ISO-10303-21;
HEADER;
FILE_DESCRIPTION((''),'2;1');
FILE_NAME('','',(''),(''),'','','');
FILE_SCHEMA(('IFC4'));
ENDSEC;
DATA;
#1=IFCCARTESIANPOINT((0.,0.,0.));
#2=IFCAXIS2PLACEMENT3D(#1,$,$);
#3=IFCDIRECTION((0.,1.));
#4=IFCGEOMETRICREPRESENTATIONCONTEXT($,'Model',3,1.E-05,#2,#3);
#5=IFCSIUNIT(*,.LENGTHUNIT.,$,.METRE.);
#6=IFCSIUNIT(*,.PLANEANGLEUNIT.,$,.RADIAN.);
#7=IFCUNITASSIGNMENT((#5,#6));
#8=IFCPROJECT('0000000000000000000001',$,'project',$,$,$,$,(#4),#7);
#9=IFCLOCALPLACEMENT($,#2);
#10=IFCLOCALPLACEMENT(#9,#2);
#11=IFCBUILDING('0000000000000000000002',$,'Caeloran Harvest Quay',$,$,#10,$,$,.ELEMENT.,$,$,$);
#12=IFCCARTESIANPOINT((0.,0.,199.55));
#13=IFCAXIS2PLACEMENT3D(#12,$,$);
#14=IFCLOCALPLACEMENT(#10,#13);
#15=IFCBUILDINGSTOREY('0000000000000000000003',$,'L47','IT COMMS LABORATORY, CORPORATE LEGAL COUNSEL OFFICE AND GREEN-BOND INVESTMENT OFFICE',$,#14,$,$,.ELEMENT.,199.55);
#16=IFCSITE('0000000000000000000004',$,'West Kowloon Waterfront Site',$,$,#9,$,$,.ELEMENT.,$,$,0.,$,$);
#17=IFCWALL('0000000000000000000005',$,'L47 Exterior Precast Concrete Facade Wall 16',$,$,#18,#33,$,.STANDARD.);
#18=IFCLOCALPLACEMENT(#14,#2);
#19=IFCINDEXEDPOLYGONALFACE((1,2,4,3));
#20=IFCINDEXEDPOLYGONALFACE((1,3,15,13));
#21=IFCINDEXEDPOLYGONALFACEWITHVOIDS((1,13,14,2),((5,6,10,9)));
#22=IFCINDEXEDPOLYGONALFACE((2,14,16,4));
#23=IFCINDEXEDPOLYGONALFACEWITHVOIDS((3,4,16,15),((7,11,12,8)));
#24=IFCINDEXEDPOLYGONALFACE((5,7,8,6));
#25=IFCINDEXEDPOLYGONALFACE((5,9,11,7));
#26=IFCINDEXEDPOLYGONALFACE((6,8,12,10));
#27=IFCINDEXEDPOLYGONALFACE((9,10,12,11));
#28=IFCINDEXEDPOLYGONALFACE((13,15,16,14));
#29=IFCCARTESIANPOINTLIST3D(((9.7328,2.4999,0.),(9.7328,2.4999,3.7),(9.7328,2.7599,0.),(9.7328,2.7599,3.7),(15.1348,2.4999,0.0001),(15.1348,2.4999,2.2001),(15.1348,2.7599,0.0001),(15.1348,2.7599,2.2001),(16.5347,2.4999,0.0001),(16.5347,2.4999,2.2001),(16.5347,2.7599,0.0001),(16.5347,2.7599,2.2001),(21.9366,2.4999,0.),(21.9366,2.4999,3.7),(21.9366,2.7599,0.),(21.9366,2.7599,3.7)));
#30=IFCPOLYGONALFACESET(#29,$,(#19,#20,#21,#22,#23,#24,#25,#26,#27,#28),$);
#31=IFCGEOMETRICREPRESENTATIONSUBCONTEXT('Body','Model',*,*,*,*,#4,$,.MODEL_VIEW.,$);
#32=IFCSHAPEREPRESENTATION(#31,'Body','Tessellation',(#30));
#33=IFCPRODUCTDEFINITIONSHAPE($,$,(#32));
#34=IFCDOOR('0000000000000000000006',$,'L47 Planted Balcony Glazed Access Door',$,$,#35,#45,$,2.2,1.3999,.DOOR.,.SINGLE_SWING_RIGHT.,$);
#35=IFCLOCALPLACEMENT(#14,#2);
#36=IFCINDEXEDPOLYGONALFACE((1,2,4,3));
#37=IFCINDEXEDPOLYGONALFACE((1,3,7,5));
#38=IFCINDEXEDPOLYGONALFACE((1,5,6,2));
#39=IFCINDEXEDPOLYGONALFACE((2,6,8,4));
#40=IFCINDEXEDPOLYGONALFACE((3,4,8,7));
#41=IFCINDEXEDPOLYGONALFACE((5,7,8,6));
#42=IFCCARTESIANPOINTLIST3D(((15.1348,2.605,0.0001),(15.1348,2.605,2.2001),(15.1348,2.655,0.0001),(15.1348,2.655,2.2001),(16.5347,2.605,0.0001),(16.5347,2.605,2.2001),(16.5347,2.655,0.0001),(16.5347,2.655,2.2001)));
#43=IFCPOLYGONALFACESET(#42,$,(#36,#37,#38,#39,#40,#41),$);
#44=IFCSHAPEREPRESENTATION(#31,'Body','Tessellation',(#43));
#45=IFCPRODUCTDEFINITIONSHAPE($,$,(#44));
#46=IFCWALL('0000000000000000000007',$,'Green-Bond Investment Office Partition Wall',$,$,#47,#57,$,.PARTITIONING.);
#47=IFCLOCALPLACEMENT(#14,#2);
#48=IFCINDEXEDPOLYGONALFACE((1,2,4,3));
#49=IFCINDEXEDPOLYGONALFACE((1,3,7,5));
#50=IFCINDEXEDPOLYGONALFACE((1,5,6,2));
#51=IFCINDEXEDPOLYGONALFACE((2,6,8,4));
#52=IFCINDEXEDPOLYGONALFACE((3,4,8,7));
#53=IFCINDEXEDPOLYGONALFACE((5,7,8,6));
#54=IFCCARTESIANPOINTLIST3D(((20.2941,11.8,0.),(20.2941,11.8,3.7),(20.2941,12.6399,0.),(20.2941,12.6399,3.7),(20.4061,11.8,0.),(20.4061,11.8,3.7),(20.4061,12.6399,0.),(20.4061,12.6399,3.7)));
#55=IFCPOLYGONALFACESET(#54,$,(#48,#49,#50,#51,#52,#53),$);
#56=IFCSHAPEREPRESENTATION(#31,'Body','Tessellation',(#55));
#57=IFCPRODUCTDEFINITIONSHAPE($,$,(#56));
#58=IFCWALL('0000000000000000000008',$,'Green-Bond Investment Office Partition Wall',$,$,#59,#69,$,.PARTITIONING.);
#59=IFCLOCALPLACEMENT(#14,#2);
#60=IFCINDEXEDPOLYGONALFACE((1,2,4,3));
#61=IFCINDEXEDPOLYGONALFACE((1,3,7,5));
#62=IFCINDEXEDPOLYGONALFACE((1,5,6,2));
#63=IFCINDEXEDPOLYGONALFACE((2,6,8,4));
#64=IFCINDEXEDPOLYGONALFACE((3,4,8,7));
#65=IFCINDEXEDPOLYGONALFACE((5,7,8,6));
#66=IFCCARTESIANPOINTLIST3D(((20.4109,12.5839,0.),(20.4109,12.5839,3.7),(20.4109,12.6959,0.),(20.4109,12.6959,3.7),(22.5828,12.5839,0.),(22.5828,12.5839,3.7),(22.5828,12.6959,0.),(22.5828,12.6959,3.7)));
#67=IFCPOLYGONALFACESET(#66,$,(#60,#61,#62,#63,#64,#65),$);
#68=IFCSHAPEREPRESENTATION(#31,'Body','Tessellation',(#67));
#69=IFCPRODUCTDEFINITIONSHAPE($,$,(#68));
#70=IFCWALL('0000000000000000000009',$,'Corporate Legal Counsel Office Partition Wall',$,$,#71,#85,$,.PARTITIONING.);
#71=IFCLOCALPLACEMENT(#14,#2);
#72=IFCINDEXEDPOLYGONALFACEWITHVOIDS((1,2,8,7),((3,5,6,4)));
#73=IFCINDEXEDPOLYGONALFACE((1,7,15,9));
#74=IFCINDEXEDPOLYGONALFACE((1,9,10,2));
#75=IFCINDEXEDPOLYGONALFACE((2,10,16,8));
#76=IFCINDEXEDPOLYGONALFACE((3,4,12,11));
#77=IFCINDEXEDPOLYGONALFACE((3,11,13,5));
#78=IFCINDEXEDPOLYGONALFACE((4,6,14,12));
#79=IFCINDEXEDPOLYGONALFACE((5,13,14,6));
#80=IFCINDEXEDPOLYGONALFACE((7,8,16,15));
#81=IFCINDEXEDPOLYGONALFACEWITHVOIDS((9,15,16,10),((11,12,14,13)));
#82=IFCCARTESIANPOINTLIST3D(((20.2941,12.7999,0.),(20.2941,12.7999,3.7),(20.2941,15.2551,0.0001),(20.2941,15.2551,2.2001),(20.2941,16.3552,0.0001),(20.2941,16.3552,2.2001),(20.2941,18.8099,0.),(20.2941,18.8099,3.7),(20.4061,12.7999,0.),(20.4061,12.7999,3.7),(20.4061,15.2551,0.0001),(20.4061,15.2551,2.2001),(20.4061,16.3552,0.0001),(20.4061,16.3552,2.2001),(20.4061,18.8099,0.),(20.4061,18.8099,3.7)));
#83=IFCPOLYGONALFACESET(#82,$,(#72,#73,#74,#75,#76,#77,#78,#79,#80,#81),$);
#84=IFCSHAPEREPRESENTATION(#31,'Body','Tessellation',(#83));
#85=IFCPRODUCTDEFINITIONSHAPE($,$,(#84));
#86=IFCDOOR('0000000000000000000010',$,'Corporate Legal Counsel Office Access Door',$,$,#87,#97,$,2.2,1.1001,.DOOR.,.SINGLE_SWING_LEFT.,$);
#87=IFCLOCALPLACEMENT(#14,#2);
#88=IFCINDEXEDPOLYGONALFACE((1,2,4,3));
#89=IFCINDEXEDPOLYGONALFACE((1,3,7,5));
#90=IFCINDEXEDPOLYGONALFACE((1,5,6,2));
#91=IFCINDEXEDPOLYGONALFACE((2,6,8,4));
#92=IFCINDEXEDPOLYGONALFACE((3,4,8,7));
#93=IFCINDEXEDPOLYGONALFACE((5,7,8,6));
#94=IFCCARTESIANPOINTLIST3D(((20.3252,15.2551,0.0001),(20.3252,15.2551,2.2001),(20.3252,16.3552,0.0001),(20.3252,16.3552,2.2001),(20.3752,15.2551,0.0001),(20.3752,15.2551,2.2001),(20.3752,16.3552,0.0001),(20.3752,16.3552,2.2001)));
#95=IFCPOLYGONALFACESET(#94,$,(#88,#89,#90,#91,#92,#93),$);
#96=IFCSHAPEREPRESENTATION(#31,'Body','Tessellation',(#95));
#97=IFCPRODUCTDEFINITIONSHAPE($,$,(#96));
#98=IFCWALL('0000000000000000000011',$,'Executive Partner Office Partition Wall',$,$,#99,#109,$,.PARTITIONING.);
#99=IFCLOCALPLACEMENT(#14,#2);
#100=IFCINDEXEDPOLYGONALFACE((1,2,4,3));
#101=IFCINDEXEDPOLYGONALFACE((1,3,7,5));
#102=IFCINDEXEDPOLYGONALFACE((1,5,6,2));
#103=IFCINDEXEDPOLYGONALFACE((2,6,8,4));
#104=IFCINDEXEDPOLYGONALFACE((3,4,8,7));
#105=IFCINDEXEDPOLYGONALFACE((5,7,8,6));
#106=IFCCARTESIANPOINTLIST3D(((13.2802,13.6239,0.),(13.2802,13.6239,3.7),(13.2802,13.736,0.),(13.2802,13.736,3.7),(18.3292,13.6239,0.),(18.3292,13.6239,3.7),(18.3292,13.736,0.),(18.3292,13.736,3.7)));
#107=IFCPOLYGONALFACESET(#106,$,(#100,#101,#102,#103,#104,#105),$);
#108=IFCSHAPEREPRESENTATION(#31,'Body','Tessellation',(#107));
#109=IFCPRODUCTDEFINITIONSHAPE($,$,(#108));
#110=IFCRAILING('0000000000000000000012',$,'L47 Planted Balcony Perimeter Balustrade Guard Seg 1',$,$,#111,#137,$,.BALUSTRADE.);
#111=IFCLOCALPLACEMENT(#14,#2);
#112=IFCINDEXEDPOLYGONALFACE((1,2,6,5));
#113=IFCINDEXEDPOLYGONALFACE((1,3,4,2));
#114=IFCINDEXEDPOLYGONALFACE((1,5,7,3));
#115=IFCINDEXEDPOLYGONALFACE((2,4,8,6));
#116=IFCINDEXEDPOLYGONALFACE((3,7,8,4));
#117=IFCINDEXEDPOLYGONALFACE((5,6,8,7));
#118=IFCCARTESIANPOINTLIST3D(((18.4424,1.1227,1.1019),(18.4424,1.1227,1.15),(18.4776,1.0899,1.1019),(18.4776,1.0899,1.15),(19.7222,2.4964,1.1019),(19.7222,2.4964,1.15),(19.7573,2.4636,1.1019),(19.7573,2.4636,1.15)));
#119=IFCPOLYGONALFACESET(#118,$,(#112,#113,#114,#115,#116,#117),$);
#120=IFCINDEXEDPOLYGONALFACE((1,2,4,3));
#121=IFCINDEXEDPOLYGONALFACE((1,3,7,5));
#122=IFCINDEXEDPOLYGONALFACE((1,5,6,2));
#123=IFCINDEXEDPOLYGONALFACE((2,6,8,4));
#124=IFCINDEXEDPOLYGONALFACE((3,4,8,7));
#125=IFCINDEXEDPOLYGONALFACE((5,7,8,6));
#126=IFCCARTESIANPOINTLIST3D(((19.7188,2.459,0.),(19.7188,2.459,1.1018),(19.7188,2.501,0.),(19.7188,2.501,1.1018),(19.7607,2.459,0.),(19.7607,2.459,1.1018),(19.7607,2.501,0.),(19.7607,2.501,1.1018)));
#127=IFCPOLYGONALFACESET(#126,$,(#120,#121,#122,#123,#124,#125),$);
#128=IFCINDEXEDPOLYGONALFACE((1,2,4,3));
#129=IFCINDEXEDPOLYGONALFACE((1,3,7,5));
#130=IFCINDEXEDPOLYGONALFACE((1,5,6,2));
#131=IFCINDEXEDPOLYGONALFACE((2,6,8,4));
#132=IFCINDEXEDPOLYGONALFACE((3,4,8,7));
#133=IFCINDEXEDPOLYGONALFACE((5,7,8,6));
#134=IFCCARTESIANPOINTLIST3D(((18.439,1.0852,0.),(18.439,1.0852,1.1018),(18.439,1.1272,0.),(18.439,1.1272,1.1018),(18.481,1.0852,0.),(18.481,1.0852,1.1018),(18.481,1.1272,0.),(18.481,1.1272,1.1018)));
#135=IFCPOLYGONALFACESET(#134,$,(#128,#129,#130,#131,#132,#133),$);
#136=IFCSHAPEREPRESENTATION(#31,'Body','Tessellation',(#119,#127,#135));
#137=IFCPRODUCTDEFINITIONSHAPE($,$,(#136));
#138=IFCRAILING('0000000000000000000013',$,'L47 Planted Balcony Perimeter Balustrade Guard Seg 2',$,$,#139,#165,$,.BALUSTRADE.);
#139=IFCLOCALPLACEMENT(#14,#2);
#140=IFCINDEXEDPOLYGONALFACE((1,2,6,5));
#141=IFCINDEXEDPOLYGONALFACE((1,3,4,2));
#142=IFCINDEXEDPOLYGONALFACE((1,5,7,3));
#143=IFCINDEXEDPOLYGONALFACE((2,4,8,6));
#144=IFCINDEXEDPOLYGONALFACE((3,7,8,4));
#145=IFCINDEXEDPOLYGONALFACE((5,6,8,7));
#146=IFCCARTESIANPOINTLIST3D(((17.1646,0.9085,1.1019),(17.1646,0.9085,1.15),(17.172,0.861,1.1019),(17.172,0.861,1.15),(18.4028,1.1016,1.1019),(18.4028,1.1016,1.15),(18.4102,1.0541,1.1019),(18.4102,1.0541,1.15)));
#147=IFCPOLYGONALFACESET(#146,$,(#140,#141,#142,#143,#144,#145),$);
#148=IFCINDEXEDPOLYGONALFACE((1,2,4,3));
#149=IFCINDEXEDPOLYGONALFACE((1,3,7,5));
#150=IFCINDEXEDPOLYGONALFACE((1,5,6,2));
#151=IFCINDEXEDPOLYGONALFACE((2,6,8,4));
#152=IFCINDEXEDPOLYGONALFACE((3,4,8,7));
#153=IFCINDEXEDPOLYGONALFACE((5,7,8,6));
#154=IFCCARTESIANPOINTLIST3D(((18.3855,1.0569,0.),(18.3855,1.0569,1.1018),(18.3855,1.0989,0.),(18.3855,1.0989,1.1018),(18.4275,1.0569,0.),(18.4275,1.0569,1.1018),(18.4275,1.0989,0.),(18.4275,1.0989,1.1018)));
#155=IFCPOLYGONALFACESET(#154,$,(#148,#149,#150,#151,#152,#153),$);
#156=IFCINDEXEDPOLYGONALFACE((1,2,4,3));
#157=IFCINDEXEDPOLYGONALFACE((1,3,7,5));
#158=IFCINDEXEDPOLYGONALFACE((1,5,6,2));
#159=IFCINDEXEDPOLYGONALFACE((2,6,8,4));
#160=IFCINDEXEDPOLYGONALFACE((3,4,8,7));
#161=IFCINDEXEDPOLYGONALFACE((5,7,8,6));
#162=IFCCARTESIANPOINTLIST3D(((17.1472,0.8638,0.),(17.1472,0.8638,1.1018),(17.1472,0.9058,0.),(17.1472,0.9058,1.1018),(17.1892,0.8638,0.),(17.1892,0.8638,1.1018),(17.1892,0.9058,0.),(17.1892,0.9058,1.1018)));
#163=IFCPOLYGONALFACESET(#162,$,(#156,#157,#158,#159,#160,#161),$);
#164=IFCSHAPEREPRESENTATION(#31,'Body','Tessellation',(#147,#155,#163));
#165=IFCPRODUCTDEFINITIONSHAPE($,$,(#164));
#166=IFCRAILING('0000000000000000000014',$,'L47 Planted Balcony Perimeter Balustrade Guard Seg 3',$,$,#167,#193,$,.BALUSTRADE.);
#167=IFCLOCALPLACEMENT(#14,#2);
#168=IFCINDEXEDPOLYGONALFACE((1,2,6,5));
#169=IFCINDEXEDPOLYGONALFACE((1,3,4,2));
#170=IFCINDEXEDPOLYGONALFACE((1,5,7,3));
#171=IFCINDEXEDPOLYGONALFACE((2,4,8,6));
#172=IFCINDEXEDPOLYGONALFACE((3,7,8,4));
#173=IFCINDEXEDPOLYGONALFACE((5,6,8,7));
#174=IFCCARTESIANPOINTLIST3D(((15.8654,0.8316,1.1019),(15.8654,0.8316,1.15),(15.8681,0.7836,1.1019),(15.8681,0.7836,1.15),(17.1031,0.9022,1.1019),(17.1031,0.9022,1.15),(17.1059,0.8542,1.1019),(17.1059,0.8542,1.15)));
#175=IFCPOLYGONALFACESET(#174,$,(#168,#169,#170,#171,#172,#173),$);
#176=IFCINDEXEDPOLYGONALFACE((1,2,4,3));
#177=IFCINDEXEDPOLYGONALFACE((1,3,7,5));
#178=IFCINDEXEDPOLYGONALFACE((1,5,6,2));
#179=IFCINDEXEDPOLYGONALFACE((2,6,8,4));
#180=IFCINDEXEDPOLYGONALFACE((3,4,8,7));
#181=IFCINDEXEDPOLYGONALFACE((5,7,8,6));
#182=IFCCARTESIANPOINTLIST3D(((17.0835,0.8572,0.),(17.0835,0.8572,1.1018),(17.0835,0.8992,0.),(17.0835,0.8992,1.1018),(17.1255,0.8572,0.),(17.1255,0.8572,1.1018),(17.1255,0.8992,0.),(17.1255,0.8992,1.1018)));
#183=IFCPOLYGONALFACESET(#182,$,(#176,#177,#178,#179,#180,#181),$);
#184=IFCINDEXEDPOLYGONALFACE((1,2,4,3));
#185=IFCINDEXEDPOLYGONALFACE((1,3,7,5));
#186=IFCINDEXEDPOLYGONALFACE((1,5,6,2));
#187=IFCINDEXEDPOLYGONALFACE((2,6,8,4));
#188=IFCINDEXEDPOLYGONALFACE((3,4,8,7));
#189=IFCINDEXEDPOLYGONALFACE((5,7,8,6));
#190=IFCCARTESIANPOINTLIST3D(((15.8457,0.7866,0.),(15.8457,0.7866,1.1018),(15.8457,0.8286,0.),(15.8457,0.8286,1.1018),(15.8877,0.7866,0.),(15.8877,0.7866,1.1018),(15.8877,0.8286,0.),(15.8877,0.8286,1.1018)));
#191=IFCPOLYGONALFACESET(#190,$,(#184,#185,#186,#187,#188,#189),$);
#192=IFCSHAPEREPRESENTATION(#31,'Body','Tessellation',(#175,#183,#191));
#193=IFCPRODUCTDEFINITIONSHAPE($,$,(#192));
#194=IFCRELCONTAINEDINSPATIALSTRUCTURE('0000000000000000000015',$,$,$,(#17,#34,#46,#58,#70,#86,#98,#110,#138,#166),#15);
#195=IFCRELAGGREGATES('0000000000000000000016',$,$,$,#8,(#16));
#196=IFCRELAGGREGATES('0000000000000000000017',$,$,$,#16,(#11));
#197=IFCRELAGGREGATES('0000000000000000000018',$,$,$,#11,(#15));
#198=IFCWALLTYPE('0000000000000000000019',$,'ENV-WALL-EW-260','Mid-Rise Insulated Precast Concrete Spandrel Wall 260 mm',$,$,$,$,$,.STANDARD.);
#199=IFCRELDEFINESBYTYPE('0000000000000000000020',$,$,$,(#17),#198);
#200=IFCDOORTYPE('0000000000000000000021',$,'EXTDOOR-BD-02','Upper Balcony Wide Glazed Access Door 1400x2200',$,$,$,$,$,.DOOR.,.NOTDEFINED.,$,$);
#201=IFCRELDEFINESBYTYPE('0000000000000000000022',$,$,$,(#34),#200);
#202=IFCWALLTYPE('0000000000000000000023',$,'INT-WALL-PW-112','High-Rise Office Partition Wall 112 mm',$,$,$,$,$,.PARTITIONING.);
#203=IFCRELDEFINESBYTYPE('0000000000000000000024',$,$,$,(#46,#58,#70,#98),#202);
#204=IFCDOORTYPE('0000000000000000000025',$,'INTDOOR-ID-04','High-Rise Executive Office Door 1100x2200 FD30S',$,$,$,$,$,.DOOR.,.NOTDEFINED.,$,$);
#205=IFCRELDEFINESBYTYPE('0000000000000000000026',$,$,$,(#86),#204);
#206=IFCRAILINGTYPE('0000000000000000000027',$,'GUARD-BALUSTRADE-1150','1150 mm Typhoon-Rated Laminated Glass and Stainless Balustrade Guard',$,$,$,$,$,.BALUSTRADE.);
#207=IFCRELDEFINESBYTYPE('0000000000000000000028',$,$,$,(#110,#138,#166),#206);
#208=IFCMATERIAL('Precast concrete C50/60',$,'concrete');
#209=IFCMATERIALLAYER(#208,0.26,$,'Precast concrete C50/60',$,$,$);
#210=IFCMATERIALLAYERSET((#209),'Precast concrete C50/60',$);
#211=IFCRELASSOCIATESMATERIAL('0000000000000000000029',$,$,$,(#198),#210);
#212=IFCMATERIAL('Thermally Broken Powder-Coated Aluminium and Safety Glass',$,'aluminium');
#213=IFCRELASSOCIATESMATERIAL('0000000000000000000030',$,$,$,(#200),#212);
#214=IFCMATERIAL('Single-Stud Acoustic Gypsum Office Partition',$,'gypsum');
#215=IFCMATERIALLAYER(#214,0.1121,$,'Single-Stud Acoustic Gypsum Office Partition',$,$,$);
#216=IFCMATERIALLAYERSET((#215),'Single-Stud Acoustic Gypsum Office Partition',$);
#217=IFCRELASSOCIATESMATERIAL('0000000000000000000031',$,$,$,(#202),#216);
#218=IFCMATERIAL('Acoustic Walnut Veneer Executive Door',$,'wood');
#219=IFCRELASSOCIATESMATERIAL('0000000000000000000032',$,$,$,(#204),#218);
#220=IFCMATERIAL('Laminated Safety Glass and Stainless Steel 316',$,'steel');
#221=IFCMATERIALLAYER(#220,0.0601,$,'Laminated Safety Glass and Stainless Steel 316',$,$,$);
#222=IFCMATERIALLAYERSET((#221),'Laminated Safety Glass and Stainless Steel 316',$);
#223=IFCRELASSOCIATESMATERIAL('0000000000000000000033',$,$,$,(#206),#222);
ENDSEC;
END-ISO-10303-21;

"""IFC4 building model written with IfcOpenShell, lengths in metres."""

from ifc_helpers import new_model, si_unit, direction, frame, frame_2d, origin, origin_2d, place, context, subcontext, project, spatial, rectangle, extrude, material, layer, layer_set, type_object, element, fill, save


model = new_model("IFC4")

# Units and contexts
model_context = context("Model", 3, precision=1e-05, world=origin(), true_north=direction((0.0, 1.0)))
body_context = subcontext(model_context, "Body", "Model", "MODEL_VIEW")
ifc_project = project(units=[si_unit("LENGTHUNIT", "METRE"), si_unit("PLANEANGLEUNIT", "RADIAN")], contexts=[model_context])

# Site, building, storey
site_placement = place(None, origin())
site = spatial("IfcSite", under=ifc_project, at=site_placement, Name="West Kowloon Waterfront Site", CompositionType="ELEMENT", RefElevation=0.0)
building_placement = place(site_placement, origin())
building = spatial("IfcBuilding", under=site, at=building_placement, Name="Caeloran Harvest Quay", CompositionType="ELEMENT")
storey_placement = place(building_placement, frame((0.0, 0.0, 199.55)))
storey = spatial("IfcBuildingStorey", under=building, at=storey_placement, Name="L47", Description="IT COMMS LABORATORY, CORPORATE LEGAL COUNSEL OFFICE AND GREEN-BOND INVESTMENT OFFICE", CompositionType="ELEMENT", Elevation=199.55)

# Shared definitions
ifc_material_1 = material(Name="Precast concrete C50/60", Category="concrete")

# Shared definitions
ifc_layer_1 = layer(ifc_material_1, 0.26, Name="Precast concrete C50/60")
ifc_layer_set_1 = layer_set([ifc_layer_1], Name="Precast concrete C50/60")
wall_type_1 = type_object("IfcWallType", Name="ENV-WALL-EW-260", Description="Mid-Rise Insulated Precast Concrete Spandrel Wall 260 mm", PredefinedType="STANDARD", material=ifc_layer_set_1)

# Wall, opening, door
wall_1_placement = place(storey_placement, frame((21.9368, 2.6299, 0.0), z_axis=(0.0, 0.0, 1.0), x_axis=(-1.0, 0.0, 0.0)))
wall_1 = element("IfcWall", 1, at=wall_1_placement, inside=storey, type_object=wall_type_1, Name="L47 Exterior Precast Concrete Facade Wall 16", PredefinedType="STANDARD", context=body_context, shape_type="SweptSolid", body=[
    extrude(rectangle(XDim=12.2039, YDim=0.26, at=frame_2d((6.1021, 0.0))), origin(), (0.0, 0.0, 1.0), 3.7),
])
opening_1_placement = place(wall_1_placement, frame((5.4021, 0.0, 0.0)))
opening_1 = element("IfcOpeningElement", 2, at=opening_1_placement, cuts=wall_1, PredefinedType="OPENING", context=body_context, shape_type="SweptSolid", body=[
    extrude(rectangle(XDim=1.3999, YDim=2.2, at=frame_2d((0.7, 1.1001))), frame((0.0, 0.1401, 0.0), z_axis=(0.0, -1.0, 0.0), x_axis=(1.0, 0.0, 0.0)), (0.0, 0.0, 1.0), 0.28),
])
ifc_material_2 = material(Name="Thermally Broken Powder-Coated Aluminium and Safety Glass", Category="aluminium")
door_type_1 = type_object("IfcDoorType", Name="EXTDOOR-BD-02", Description="Upper Balcony Wide Glazed Access Door 1400x2200", OperationType="NOTDEFINED", PredefinedType="DOOR", material=ifc_material_2)
door_1_placement = place(opening_1_placement, origin())
door_1 = element("IfcDoor", 3, at=door_1_placement, inside=storey, type_object=door_type_1, Name="L47 Planted Balcony Glazed Access Door", OperationType="SINGLE_SWING_RIGHT", OverallHeight=2.2, OverallWidth=1.3999, PredefinedType="DOOR", context=body_context, shape_type="SweptSolid", body=[
    extrude(rectangle(XDim=1.3999, YDim=2.2, at=frame_2d((0.7, 1.1001))), frame((0.0, 0.0249, 0.0), z_axis=(0.0, -1.0, 0.0), x_axis=(1.0, 0.0, 0.0)), (0.0, 0.0, 1.0), 0.05),
])
fill(opening_1, door_1)

# Walls
ifc_material_3 = material(Name="Single-Stud Acoustic Gypsum Office Partition", Category="gypsum")
ifc_layer_2 = layer(ifc_material_3, 0.1121, Name="Single-Stud Acoustic Gypsum Office Partition")
ifc_layer_set_2 = layer_set([ifc_layer_2], Name="Single-Stud Acoustic Gypsum Office Partition")
wall_type_2 = type_object("IfcWallType", Name="INT-WALL-PW-112", Description="High-Rise Office Partition Wall 112 mm", PredefinedType="PARTITIONING", material=ifc_layer_set_2)
wall_2_placement = place(storey_placement, frame((20.3501, 11.8, 0.0), z_axis=(0.0, 0.0, 1.0), x_axis=(0.0, 1.0, 0.0)))
element("IfcWall", 4, at=wall_2_placement, inside=storey, type_object=wall_type_2, Name="Green-Bond Investment Office Partition Wall", PredefinedType="PARTITIONING", context=body_context, shape_type="SweptSolid", body=[
    extrude(rectangle(XDim=0.8398, YDim=0.1121, at=frame_2d((0.4199, 0.0))), origin(), (0.0, 0.0, 1.0), 3.7),
])
wall_3_placement = place(storey_placement, frame((20.4109, 12.6399, 0.0), z_axis=(0.0, 0.0, 1.0), x_axis=(1.0, 0.0, 0.0)))
element("IfcWall", 5, at=wall_3_placement, inside=storey, type_object=wall_type_2, Name="Green-Bond Investment Office Partition Wall", PredefinedType="PARTITIONING", context=body_context, shape_type="SweptSolid", body=[
    extrude(rectangle(XDim=2.1719, YDim=0.1121, at=frame_2d((1.0859, 0.0))), origin(), (0.0, 0.0, 1.0), 3.7),
])

# Wall, opening, door
wall_4_placement = place(storey_placement, frame((20.3501, 12.8, 0.0), z_axis=(0.0, 0.0, 1.0), x_axis=(0.0, 1.0, 0.0)))
wall_4 = element("IfcWall", 6, at=wall_4_placement, inside=storey, type_object=wall_type_2, Name="Corporate Legal Counsel Office Partition Wall", PredefinedType="PARTITIONING", context=body_context, shape_type="SweptSolid", body=[
    extrude(rectangle(XDim=6.01, YDim=0.1121, at=frame_2d((3.0049, 0.0))), origin(), (0.0, 0.0, 1.0), 3.7),
])
opening_2_placement = place(wall_4_placement, frame((2.4551, 0.0, 0.0)))
opening_2 = element("IfcOpeningElement", 7, at=opening_2_placement, cuts=wall_4, PredefinedType="OPENING", context=body_context, shape_type="SweptSolid", body=[
    extrude(rectangle(XDim=1.1001, YDim=2.2, at=frame_2d((0.55, 1.1001))), frame((0.0, 0.0659, 0.0), z_axis=(0.0, -1.0, 0.0), x_axis=(1.0, 0.0, 0.0)), (0.0, 0.0, 1.0), 0.1321),
])
ifc_material_4 = material(Name="Acoustic Walnut Veneer Executive Door", Category="wood")
door_type_2 = type_object("IfcDoorType", Name="INTDOOR-ID-04", Description="High-Rise Executive Office Door 1100x2200 FD30S", OperationType="NOTDEFINED", PredefinedType="DOOR", material=ifc_material_4)
door_2_placement = place(opening_2_placement, origin())
door_2 = element("IfcDoor", 8, at=door_2_placement, inside=storey, type_object=door_type_2, Name="Corporate Legal Counsel Office Access Door", OperationType="SINGLE_SWING_LEFT", OverallHeight=2.2, OverallWidth=1.1001, PredefinedType="DOOR", context=body_context, shape_type="SweptSolid", body=[
    extrude(rectangle(XDim=1.1001, YDim=2.2, at=frame_2d((0.55, 1.1001))), frame((0.0, 0.0249, 0.0), z_axis=(0.0, -1.0, 0.0), x_axis=(1.0, 0.0, 0.0)), (0.0, 0.0, 1.0), 0.05),
])
fill(opening_2, door_2)

# Wall
wall_5_placement = place(storey_placement, frame((18.3291, 13.6799, 0.0), z_axis=(0.0, 0.0, 1.0), x_axis=(-1.0, 0.0, 0.0)))
element("IfcWall", 9, at=wall_5_placement, inside=storey, type_object=wall_type_2, Name="Executive Partner Office Partition Wall", PredefinedType="PARTITIONING", context=body_context, shape_type="SweptSolid", body=[
    extrude(rectangle(XDim=5.0491, YDim=0.1121, at=frame_2d((2.5244, 0.0))), origin(), (0.0, 0.0, 1.0), 3.7),
])

# Railings
ifc_material_5 = material(Name="Laminated Safety Glass and Stainless Steel 316", Category="steel")
ifc_layer_3 = layer(ifc_material_5, 0.0601, Name="Laminated Safety Glass and Stainless Steel 316")
ifc_layer_set_3 = layer_set([ifc_layer_3], Name="Laminated Safety Glass and Stainless Steel 316")
railing_type = type_object("IfcRailingType", Name="GUARD-BALUSTRADE-1150", Description="1150 mm Typhoon-Rated Laminated Glass and Stainless Balustrade Guard", PredefinedType="BALUSTRADE", material=ifc_layer_set_3)
railing_1_placement = place(storey_placement, frame((19.7397, 2.48, 0.0)))
element("IfcRailing", 10, at=railing_1_placement, inside=storey, type_object=railing_type, Name="L47 Planted Balcony Perimeter Balustrade Guard Seg 1", PredefinedType="BALUSTRADE", context=body_context, shape_type="SweptSolid", body=[
    extrude(rectangle(XDim=0.0481, YDim=0.0481, at=origin_2d()), frame((0.0, 0.0, 1.126), z_axis=(-0.681632, -0.731695, 0.0), x_axis=(0.731695, -0.681632, 0.0)), (0.0, 0.0, 1.0), 1.8774),
    extrude(rectangle(XDim=0.042, YDim=0.042, at=origin_2d()), origin(), (0.0, 0.0, 1.0), 1.1018),
    extrude(rectangle(XDim=0.042, YDim=0.042, at=origin_2d()), frame((-1.2798, -1.3738, 0.0)), (0.0, 0.0, 1.0), 1.1018),
])
railing_2_placement = place(storey_placement, frame((18.4065, 1.0779, 0.0)))
element("IfcRailing", 11, at=railing_2_placement, inside=storey, type_object=railing_type, Name="L47 Planted Balcony Perimeter Balustrade Guard Seg 2", PredefinedType="BALUSTRADE", context=body_context, shape_type="SweptSolid", body=[
    extrude(rectangle(XDim=0.0481, YDim=0.0481, at=origin_2d()), frame((0.0, 0.0, 1.126), z_axis=(-0.988057, -0.154092, 0.0), x_axis=(0.154092, -0.988057, 0.0)), (0.0, 0.0, 1.0), 1.2532),
    extrude(rectangle(XDim=0.042, YDim=0.042, at=origin_2d()), origin(), (0.0, 0.0, 1.0), 1.1018),
    extrude(rectangle(XDim=0.042, YDim=0.042, at=origin_2d()), frame((-1.2383, -0.1931, 0.0)), (0.0, 0.0, 1.0), 1.1018),
])
railing_3_placement = place(storey_placement, frame((17.1045, 0.8782, 0.0)))
element("IfcRailing", 12, at=railing_3_placement, inside=storey, type_object=railing_type, Name="L47 Planted Balcony Perimeter Balustrade Guard Seg 3", PredefinedType="BALUSTRADE", context=body_context, shape_type="SweptSolid", body=[
    extrude(rectangle(XDim=0.0481, YDim=0.0481, at=origin_2d()), frame((0.0, 0.0, 1.126), z_axis=(-0.998379, -0.05691, 0.0), x_axis=(0.05691, -0.998379, 0.0)), (0.0, 0.0, 1.0), 1.2397),
    extrude(rectangle(XDim=0.042, YDim=0.042, at=origin_2d()), origin(), (0.0, 0.0, 1.0), 1.1018),
    extrude(rectangle(XDim=0.042, YDim=0.042, at=origin_2d()), frame((-1.2378, -0.0706, 0.0)), (0.0, 0.0, 1.0), 1.1018),
])

save(model, "model.ifc")
